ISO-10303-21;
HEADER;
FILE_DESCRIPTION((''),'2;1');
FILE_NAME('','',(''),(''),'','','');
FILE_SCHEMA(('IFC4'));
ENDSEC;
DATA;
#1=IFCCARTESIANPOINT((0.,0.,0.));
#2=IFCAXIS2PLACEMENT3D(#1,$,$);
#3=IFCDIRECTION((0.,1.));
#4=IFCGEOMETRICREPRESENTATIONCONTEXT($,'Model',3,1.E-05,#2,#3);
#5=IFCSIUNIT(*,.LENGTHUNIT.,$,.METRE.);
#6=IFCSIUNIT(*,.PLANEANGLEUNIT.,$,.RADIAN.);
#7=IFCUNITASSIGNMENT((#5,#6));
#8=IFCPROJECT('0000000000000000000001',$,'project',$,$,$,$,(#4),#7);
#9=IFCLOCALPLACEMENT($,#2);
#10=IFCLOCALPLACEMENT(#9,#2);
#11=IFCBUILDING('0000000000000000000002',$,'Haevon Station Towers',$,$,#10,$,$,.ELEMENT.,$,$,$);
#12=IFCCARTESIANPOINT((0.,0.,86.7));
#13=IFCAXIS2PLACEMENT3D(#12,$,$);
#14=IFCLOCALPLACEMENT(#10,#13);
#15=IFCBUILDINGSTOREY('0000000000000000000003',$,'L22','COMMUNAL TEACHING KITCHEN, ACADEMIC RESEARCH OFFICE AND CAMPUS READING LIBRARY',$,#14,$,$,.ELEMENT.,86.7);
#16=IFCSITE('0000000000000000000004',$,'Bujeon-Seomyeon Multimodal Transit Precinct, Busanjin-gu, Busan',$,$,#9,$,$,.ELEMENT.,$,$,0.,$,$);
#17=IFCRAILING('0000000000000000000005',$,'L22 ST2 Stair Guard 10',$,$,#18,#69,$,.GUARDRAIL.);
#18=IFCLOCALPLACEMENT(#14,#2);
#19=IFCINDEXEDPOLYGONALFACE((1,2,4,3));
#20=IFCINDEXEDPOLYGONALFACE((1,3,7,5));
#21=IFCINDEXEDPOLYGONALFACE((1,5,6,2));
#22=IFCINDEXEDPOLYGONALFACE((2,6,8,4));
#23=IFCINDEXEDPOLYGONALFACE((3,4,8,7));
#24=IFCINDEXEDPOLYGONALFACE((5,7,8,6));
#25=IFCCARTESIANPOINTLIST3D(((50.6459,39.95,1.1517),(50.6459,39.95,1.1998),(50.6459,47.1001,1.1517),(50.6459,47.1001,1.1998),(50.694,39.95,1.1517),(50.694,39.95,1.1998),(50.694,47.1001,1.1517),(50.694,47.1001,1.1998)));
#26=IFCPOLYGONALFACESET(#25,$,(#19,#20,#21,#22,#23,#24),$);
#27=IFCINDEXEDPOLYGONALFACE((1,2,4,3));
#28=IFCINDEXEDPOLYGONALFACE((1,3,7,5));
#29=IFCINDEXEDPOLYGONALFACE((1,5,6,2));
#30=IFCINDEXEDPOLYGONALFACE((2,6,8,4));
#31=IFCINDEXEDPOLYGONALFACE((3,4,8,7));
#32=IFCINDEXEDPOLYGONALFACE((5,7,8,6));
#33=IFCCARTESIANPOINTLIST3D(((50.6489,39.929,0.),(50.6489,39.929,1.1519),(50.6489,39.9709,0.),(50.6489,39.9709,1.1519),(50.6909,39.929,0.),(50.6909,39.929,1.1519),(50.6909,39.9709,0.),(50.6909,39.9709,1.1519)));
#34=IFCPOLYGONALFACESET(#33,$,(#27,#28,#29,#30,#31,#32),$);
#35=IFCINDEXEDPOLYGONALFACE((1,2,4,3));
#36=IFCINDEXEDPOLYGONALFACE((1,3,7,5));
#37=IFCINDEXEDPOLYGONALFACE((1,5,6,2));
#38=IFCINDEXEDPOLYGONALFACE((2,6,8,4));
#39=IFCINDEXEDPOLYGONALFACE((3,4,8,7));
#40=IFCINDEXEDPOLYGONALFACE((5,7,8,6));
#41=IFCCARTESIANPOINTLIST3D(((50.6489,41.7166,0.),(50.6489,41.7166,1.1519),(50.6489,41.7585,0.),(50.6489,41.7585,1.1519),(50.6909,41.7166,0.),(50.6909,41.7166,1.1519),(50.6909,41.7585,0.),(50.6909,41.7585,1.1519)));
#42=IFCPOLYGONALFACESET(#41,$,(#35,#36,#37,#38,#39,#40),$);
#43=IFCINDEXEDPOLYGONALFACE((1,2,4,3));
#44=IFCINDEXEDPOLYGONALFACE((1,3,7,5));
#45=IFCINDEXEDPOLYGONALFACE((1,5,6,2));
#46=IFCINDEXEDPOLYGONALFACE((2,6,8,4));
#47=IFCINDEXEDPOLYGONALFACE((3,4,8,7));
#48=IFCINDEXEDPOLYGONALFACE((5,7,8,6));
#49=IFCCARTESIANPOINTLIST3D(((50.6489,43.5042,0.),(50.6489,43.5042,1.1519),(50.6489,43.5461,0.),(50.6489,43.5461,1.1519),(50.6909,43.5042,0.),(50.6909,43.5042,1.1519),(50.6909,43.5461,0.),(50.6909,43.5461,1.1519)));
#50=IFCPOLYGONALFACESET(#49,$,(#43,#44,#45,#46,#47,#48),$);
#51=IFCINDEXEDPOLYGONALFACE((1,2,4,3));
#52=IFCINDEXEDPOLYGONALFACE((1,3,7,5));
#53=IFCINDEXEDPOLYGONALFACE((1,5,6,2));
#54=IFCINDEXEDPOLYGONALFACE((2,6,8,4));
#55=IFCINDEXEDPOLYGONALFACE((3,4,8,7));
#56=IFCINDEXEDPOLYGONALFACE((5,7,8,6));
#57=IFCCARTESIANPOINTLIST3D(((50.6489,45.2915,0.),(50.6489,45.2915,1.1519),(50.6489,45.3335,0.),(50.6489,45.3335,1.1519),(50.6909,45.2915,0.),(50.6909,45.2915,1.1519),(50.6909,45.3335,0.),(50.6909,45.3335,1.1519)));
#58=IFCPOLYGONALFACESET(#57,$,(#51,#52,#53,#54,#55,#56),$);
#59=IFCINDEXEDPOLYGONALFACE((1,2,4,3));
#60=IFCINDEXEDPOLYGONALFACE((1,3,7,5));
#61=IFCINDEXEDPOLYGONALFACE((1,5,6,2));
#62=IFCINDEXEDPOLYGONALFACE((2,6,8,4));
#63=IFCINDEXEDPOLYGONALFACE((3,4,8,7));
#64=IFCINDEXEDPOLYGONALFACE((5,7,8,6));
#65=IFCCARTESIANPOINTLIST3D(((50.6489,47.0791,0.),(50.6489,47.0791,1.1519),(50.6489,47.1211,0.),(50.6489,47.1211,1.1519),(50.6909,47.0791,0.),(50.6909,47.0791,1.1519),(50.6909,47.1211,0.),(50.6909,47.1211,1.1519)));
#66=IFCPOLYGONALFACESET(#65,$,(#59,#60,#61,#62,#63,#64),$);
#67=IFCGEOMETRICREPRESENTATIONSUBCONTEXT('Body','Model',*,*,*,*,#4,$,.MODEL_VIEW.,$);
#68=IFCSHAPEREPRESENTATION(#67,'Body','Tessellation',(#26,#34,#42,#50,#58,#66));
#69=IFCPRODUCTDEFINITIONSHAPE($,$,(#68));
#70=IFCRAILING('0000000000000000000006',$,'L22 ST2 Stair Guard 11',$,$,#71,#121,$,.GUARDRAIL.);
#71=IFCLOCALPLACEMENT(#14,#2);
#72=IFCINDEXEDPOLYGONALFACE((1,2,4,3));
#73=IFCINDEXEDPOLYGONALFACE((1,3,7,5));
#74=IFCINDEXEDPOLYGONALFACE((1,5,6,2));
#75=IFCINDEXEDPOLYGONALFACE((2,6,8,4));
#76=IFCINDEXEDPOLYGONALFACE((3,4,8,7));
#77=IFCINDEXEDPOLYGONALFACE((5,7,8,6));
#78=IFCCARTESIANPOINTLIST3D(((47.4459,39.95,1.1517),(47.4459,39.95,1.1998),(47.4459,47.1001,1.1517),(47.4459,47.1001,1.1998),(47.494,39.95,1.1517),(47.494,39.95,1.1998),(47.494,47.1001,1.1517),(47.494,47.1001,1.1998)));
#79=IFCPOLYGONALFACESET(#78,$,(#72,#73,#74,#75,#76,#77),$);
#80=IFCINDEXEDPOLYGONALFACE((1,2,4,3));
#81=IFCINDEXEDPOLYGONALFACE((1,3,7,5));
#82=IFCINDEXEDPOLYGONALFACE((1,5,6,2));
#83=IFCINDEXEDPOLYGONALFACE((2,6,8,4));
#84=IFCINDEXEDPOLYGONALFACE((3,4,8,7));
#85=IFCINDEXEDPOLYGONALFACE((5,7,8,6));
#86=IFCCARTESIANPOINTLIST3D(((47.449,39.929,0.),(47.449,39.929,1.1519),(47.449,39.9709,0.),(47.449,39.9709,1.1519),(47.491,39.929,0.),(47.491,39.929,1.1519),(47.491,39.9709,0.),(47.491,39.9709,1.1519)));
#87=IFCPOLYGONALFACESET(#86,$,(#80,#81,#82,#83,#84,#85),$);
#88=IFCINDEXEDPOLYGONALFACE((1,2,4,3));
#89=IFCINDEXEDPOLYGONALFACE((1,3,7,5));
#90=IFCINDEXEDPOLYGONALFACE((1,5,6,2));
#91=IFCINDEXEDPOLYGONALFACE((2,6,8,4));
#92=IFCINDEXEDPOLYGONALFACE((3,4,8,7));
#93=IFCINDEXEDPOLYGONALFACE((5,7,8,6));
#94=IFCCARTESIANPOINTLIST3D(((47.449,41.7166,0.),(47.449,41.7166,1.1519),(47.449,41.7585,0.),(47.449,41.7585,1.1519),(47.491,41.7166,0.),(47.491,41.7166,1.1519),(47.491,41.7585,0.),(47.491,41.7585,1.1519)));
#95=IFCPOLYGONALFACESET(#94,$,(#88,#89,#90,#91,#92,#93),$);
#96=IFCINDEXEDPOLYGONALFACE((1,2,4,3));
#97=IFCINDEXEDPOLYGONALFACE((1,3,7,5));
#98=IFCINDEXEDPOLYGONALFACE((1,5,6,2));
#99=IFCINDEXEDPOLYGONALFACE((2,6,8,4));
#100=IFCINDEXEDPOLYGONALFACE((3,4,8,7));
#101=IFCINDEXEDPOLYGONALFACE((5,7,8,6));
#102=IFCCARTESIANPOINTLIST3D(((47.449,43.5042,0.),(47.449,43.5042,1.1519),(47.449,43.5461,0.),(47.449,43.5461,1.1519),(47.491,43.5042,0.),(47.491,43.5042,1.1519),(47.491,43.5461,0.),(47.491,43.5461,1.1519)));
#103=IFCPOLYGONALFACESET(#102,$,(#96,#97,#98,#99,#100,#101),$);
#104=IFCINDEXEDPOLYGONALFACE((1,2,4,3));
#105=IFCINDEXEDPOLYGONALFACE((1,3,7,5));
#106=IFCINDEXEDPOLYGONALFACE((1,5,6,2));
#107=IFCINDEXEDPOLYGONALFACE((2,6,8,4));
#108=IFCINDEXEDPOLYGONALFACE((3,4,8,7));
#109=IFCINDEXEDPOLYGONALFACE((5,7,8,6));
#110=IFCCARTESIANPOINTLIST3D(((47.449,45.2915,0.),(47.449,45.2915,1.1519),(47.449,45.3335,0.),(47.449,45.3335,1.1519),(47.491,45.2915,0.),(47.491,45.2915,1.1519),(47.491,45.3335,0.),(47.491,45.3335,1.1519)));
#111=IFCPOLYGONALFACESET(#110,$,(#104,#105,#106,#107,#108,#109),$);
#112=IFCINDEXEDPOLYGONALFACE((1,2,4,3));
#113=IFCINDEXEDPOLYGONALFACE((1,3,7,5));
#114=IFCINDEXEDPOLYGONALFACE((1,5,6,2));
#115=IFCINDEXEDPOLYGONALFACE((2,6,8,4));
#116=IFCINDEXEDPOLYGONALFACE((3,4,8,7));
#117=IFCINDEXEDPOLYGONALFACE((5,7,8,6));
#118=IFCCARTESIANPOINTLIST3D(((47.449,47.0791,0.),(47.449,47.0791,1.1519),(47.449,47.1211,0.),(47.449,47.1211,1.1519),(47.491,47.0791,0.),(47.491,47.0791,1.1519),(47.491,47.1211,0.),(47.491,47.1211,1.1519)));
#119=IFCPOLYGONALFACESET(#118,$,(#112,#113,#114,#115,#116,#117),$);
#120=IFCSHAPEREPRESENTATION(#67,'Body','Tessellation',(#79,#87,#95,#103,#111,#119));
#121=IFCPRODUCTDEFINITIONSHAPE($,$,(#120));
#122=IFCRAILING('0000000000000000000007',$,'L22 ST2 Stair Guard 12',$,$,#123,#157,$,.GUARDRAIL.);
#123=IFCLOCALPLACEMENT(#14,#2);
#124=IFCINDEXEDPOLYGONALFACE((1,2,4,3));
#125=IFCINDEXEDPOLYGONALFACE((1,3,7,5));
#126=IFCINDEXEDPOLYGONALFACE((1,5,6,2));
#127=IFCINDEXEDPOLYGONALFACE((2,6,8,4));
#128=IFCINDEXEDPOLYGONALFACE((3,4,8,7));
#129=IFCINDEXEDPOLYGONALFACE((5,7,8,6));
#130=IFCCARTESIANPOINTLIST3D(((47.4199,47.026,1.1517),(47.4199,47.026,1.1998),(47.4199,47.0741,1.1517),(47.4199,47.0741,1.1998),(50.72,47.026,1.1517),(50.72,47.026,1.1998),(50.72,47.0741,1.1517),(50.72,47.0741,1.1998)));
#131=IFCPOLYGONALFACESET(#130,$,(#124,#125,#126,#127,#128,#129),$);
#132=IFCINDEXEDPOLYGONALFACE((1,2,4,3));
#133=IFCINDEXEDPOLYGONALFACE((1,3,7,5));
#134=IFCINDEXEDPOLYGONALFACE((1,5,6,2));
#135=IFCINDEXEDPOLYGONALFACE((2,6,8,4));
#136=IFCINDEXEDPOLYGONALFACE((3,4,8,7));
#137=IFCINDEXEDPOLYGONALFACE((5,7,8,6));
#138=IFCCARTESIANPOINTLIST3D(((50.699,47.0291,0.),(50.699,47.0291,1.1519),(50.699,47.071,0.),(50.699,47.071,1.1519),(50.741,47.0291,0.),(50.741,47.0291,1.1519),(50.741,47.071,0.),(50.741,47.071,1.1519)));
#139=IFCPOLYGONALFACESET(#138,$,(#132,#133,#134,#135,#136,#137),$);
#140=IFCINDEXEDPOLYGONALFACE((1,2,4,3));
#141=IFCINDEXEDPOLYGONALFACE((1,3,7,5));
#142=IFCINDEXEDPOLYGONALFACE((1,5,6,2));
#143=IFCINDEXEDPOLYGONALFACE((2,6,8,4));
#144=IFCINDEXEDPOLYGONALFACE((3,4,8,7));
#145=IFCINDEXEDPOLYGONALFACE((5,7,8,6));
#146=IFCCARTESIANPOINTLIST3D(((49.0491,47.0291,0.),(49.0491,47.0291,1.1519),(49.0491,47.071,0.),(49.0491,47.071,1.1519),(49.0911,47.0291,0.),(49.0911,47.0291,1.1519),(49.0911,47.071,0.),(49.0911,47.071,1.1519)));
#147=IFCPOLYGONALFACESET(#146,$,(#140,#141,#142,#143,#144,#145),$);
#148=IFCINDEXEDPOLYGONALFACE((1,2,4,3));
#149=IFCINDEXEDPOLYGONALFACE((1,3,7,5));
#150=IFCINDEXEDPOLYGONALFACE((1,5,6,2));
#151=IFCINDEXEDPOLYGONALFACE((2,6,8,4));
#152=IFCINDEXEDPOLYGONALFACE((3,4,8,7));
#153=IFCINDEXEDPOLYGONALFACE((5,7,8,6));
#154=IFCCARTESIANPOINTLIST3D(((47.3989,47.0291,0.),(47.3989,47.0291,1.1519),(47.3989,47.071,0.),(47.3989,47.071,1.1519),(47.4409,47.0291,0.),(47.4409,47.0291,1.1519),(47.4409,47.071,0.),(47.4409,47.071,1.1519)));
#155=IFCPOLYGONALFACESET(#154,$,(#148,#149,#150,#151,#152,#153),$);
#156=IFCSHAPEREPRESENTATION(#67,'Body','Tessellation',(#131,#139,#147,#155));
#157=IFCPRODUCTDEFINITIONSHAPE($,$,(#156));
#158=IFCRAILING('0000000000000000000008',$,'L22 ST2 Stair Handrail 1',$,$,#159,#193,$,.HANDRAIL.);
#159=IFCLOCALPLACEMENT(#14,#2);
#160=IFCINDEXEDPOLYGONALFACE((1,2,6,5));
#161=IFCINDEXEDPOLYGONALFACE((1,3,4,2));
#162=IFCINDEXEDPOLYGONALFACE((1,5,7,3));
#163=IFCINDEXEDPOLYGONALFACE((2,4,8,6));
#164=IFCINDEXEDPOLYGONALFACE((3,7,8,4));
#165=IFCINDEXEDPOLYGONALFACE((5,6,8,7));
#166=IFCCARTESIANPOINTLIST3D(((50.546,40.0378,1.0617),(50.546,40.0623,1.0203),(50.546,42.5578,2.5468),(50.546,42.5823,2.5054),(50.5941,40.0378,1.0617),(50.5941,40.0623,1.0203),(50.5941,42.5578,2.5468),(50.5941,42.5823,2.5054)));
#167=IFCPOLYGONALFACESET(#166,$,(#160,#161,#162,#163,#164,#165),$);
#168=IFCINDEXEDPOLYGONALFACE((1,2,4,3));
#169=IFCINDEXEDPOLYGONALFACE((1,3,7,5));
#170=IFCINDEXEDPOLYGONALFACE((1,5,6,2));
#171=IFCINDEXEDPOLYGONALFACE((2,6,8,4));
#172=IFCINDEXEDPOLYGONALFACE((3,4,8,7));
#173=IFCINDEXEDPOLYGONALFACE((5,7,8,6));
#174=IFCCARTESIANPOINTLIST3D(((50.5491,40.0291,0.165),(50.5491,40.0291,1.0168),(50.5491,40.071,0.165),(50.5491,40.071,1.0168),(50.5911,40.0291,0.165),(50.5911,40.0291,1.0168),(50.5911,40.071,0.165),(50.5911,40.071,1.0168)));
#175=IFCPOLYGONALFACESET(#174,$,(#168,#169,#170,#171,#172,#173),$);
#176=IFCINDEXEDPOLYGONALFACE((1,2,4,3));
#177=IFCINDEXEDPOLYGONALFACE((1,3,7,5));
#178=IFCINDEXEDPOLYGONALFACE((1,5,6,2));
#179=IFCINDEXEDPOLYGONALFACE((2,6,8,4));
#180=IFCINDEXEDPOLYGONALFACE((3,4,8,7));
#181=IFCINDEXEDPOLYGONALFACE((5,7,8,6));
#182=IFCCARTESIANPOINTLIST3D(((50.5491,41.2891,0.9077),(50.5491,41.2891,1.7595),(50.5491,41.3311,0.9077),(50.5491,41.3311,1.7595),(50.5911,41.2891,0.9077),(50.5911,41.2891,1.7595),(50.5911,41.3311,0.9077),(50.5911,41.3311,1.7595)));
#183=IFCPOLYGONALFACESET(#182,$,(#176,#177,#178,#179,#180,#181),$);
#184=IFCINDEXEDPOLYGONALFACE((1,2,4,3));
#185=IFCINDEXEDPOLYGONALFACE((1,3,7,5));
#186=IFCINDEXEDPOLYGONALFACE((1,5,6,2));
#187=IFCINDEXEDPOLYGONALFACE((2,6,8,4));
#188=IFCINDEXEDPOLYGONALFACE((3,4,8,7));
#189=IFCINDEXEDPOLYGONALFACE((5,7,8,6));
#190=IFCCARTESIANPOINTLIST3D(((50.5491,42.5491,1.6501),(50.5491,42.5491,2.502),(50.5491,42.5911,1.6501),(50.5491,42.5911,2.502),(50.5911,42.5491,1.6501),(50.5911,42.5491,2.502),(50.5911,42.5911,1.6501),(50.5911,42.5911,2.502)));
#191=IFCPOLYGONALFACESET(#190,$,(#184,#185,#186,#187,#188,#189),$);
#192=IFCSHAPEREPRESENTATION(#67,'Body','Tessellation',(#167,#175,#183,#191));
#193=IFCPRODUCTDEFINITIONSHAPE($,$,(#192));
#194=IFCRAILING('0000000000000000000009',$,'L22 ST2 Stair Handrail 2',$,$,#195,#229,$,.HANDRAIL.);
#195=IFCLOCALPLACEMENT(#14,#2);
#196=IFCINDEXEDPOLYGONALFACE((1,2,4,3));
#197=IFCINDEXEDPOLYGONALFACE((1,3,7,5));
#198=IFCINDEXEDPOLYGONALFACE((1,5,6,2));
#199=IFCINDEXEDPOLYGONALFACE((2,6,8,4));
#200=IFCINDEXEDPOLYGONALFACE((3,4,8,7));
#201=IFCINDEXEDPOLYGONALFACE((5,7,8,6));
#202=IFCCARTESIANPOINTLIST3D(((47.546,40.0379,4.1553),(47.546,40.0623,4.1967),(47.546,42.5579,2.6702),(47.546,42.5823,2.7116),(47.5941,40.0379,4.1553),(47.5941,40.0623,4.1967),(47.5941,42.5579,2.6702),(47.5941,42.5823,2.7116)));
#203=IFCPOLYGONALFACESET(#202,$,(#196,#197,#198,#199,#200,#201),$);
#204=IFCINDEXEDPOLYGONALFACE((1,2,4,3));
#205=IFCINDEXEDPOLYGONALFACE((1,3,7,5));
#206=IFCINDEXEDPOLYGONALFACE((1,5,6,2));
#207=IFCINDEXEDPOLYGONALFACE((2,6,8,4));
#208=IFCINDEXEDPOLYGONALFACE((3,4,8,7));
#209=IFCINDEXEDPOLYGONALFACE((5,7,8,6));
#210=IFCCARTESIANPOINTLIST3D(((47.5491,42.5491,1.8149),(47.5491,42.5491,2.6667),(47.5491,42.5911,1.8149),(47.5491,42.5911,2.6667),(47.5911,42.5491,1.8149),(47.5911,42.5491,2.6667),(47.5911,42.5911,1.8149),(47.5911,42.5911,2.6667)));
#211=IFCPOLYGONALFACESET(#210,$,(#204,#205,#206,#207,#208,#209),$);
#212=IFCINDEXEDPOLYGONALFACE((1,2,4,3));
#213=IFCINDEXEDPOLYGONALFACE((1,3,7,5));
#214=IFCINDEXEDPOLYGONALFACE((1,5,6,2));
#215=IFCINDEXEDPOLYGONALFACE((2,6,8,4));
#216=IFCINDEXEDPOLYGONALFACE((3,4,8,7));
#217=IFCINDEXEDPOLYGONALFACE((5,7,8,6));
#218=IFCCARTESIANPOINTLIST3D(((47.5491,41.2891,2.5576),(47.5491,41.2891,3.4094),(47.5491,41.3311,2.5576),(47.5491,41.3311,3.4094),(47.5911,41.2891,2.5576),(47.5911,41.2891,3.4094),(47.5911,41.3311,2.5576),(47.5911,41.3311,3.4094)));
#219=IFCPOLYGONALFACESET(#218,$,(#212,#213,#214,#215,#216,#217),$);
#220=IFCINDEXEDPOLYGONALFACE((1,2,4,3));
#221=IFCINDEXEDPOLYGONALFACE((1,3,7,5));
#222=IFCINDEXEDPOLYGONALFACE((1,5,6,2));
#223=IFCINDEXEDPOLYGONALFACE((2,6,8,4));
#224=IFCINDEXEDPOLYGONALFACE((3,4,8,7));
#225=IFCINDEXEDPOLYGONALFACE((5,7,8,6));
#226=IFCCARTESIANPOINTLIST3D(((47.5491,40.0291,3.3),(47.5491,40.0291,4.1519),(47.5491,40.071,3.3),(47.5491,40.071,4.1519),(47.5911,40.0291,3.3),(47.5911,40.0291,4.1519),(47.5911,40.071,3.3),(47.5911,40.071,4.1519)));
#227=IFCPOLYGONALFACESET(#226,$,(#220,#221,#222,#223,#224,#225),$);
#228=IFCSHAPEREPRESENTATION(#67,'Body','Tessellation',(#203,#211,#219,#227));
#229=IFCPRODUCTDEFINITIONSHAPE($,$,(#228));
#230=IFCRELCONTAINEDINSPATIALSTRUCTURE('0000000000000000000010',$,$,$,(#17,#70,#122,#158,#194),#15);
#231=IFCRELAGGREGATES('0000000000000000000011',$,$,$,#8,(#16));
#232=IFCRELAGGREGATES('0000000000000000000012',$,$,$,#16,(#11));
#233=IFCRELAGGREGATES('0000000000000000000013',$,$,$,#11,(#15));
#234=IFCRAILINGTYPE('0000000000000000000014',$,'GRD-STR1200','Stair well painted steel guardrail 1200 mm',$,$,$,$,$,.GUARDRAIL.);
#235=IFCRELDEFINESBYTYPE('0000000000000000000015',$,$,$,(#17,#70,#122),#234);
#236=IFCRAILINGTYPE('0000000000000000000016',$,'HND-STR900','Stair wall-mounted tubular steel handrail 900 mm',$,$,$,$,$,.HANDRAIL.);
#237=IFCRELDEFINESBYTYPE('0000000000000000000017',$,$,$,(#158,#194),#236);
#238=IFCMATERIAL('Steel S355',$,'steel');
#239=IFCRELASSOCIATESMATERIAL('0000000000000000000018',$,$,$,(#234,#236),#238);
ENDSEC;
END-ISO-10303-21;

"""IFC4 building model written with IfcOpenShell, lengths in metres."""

from ifc_helpers import new_model, si_unit, direction, frame, origin, origin_2d, place, context, subcontext, project, spatial, rectangle, extrude, material, type_object, element, save


model = new_model("IFC4")

# Units and contexts
model_context = context("Model", 3, precision=1e-05, world=origin(), true_north=direction((0.0, 1.0)))
body_context = subcontext(model_context, "Body", "Model", "MODEL_VIEW")
ifc_project = project(units=[si_unit("LENGTHUNIT", "METRE"), si_unit("PLANEANGLEUNIT", "RADIAN")], contexts=[model_context])

# Site, building, storey
site_placement = place(None, origin())
site = spatial("IfcSite", under=ifc_project, at=site_placement, Name="Bujeon-Seomyeon Multimodal Transit Precinct, Busanjin-gu, Busan", CompositionType="ELEMENT", RefElevation=0.0)
building_placement = place(site_placement, origin())
building = spatial("IfcBuilding", under=site, at=building_placement, Name="Haevon Station Towers", CompositionType="ELEMENT")
storey_placement = place(building_placement, frame((0.0, 0.0, 86.7)))
storey = spatial("IfcBuildingStorey", under=building, at=storey_placement, Name="L22", Description="COMMUNAL TEACHING KITCHEN, ACADEMIC RESEARCH OFFICE AND CAMPUS READING LIBRARY", CompositionType="ELEMENT", Elevation=86.7)

# Shared definitions
ifc_material_1 = material(Name="Steel S355", Category="steel")

# Railings
railing_type_1 = type_object("IfcRailingType", Name="GRD-STR1200", Description="Stair well painted steel guardrail 1200 mm", PredefinedType="GUARDRAIL", material=ifc_material_1)
for number, where, name in (
    (1, (50.6699, 39.95, 0.0), "L22 ST2 Stair Guard 10"),
    (2, (47.47, 39.95, 0.0), "L22 ST2 Stair Guard 11"),
):
    element("IfcRailing", number, at=place(storey_placement, frame(where)), inside=storey, type_object=railing_type_1, Name=name, PredefinedType="GUARDRAIL", context=body_context, shape_type="SweptSolid", body=[
        extrude(rectangle(XDim=0.0481, YDim=0.0481, at=origin_2d()), frame((0.0, 0.0, 1.1758), z_axis=(0.0, 1.0, 0.0), x_axis=(-1.0, 0.0, 0.0)), (0.0, 0.0, 1.0), 7.1501),
        extrude(rectangle(XDim=0.042, YDim=0.042, at=origin_2d()), origin(), (0.0, 0.0, 1.0), 1.1519),
        extrude(rectangle(XDim=0.042, YDim=0.042, at=origin_2d()), frame((0.0, 1.7876, 0.0)), (0.0, 0.0, 1.0), 1.1519),
        extrude(rectangle(XDim=0.042, YDim=0.042, at=origin_2d()), frame((0.0, 3.5752, 0.0)), (0.0, 0.0, 1.0), 1.1519),
        extrude(rectangle(XDim=0.042, YDim=0.042, at=origin_2d()), frame((0.0, 5.3625, 0.0)), (0.0, 0.0, 1.0), 1.1519),
        extrude(rectangle(XDim=0.042, YDim=0.042, at=origin_2d()), frame((0.0, 7.1501, 0.0)), (0.0, 0.0, 1.0), 1.1519),
    ])
railing_1_placement = place(storey_placement, frame((50.72, 47.05, 0.0)))
element("IfcRailing", 3, at=railing_1_placement, inside=storey, type_object=railing_type_1, Name="L22 ST2 Stair Guard 12", PredefinedType="GUARDRAIL", context=body_context, shape_type="SweptSolid", body=[
    extrude(rectangle(XDim=0.0481, YDim=0.0481, at=origin_2d()), frame((0.0, 0.0, 1.1758), z_axis=(-1.0, 0.0, 0.0), x_axis=(0.0, -1.0, 0.0)), (0.0, 0.0, 1.0), 3.3),
    extrude(rectangle(XDim=0.042, YDim=0.042, at=origin_2d()), origin(), (0.0, 0.0, 1.0), 1.1519),
    extrude(rectangle(XDim=0.042, YDim=0.042, at=origin_2d()), frame((-1.6499, 0.0, 0.0)), (0.0, 0.0, 1.0), 1.1519),
    extrude(rectangle(XDim=0.042, YDim=0.042, at=origin_2d()), frame((-3.3, 0.0, 0.0)), (0.0, 0.0, 1.0), 1.1519),
])
railing_type_2 = type_object("IfcRailingType", Name="HND-STR900", Description="Stair wall-mounted tubular steel handrail 900 mm", PredefinedType="HANDRAIL", material=ifc_material_1)
railing_2_placement = place(storey_placement, frame((50.5701, 40.05, 0.165)))
element("IfcRailing", 4, at=railing_2_placement, inside=storey, type_object=railing_type_2, Name="L22 ST2 Stair Handrail 1", PredefinedType="HANDRAIL", context=body_context, shape_type="SweptSolid", body=[
    extrude(rectangle(XDim=0.0481, YDim=0.0481, at=origin_2d()), frame((0.0, 0.0, 0.876), z_axis=(0.0, 0.861524, 0.507717), x_axis=(-1.0, 0.0, 0.0)), (0.0, 0.0, 1.0), 2.925),
    extrude(rectangle(XDim=0.042, YDim=0.042, at=origin_2d()), origin(), (0.0, 0.0, 1.0), 0.8518),
    extrude(rectangle(XDim=0.042, YDim=0.042, at=origin_2d()), frame((0.0, 1.26, 0.7427)), (0.0, 0.0, 1.0), 0.8518),
    extrude(rectangle(XDim=0.042, YDim=0.042, at=origin_2d()), frame((0.0, 2.52, 1.4851)), (0.0, 0.0, 1.0), 0.8518),
])
railing_3_placement = place(storey_placement, frame((47.5701, 42.5701, 1.8149)))
element("IfcRailing", 5, at=railing_3_placement, inside=storey, type_object=railing_type_2, Name="L22 ST2 Stair Handrail 2", PredefinedType="HANDRAIL", context=body_context, shape_type="SweptSolid", body=[
    extrude(rectangle(XDim=0.0481, YDim=0.0481, at=origin_2d()), frame((0.0, 0.0, 0.876), z_axis=(0.0, -0.861524, 0.507717), x_axis=(1.0, 0.0, 0.0)), (0.0, 0.0, 1.0), 2.925),
    extrude(rectangle(XDim=0.042, YDim=0.042, at=origin_2d()), origin(), (0.0, 0.0, 1.0), 0.8518),
    extrude(rectangle(XDim=0.042, YDim=0.042, at=origin_2d()), frame((0.0, -1.26, 0.7427)), (0.0, 0.0, 1.0), 0.8518),
    extrude(rectangle(XDim=0.042, YDim=0.042, at=origin_2d()), frame((0.0, -2.52, 1.4851)), (0.0, 0.0, 1.0), 0.8518),
])

save(model, "model.ifc")
